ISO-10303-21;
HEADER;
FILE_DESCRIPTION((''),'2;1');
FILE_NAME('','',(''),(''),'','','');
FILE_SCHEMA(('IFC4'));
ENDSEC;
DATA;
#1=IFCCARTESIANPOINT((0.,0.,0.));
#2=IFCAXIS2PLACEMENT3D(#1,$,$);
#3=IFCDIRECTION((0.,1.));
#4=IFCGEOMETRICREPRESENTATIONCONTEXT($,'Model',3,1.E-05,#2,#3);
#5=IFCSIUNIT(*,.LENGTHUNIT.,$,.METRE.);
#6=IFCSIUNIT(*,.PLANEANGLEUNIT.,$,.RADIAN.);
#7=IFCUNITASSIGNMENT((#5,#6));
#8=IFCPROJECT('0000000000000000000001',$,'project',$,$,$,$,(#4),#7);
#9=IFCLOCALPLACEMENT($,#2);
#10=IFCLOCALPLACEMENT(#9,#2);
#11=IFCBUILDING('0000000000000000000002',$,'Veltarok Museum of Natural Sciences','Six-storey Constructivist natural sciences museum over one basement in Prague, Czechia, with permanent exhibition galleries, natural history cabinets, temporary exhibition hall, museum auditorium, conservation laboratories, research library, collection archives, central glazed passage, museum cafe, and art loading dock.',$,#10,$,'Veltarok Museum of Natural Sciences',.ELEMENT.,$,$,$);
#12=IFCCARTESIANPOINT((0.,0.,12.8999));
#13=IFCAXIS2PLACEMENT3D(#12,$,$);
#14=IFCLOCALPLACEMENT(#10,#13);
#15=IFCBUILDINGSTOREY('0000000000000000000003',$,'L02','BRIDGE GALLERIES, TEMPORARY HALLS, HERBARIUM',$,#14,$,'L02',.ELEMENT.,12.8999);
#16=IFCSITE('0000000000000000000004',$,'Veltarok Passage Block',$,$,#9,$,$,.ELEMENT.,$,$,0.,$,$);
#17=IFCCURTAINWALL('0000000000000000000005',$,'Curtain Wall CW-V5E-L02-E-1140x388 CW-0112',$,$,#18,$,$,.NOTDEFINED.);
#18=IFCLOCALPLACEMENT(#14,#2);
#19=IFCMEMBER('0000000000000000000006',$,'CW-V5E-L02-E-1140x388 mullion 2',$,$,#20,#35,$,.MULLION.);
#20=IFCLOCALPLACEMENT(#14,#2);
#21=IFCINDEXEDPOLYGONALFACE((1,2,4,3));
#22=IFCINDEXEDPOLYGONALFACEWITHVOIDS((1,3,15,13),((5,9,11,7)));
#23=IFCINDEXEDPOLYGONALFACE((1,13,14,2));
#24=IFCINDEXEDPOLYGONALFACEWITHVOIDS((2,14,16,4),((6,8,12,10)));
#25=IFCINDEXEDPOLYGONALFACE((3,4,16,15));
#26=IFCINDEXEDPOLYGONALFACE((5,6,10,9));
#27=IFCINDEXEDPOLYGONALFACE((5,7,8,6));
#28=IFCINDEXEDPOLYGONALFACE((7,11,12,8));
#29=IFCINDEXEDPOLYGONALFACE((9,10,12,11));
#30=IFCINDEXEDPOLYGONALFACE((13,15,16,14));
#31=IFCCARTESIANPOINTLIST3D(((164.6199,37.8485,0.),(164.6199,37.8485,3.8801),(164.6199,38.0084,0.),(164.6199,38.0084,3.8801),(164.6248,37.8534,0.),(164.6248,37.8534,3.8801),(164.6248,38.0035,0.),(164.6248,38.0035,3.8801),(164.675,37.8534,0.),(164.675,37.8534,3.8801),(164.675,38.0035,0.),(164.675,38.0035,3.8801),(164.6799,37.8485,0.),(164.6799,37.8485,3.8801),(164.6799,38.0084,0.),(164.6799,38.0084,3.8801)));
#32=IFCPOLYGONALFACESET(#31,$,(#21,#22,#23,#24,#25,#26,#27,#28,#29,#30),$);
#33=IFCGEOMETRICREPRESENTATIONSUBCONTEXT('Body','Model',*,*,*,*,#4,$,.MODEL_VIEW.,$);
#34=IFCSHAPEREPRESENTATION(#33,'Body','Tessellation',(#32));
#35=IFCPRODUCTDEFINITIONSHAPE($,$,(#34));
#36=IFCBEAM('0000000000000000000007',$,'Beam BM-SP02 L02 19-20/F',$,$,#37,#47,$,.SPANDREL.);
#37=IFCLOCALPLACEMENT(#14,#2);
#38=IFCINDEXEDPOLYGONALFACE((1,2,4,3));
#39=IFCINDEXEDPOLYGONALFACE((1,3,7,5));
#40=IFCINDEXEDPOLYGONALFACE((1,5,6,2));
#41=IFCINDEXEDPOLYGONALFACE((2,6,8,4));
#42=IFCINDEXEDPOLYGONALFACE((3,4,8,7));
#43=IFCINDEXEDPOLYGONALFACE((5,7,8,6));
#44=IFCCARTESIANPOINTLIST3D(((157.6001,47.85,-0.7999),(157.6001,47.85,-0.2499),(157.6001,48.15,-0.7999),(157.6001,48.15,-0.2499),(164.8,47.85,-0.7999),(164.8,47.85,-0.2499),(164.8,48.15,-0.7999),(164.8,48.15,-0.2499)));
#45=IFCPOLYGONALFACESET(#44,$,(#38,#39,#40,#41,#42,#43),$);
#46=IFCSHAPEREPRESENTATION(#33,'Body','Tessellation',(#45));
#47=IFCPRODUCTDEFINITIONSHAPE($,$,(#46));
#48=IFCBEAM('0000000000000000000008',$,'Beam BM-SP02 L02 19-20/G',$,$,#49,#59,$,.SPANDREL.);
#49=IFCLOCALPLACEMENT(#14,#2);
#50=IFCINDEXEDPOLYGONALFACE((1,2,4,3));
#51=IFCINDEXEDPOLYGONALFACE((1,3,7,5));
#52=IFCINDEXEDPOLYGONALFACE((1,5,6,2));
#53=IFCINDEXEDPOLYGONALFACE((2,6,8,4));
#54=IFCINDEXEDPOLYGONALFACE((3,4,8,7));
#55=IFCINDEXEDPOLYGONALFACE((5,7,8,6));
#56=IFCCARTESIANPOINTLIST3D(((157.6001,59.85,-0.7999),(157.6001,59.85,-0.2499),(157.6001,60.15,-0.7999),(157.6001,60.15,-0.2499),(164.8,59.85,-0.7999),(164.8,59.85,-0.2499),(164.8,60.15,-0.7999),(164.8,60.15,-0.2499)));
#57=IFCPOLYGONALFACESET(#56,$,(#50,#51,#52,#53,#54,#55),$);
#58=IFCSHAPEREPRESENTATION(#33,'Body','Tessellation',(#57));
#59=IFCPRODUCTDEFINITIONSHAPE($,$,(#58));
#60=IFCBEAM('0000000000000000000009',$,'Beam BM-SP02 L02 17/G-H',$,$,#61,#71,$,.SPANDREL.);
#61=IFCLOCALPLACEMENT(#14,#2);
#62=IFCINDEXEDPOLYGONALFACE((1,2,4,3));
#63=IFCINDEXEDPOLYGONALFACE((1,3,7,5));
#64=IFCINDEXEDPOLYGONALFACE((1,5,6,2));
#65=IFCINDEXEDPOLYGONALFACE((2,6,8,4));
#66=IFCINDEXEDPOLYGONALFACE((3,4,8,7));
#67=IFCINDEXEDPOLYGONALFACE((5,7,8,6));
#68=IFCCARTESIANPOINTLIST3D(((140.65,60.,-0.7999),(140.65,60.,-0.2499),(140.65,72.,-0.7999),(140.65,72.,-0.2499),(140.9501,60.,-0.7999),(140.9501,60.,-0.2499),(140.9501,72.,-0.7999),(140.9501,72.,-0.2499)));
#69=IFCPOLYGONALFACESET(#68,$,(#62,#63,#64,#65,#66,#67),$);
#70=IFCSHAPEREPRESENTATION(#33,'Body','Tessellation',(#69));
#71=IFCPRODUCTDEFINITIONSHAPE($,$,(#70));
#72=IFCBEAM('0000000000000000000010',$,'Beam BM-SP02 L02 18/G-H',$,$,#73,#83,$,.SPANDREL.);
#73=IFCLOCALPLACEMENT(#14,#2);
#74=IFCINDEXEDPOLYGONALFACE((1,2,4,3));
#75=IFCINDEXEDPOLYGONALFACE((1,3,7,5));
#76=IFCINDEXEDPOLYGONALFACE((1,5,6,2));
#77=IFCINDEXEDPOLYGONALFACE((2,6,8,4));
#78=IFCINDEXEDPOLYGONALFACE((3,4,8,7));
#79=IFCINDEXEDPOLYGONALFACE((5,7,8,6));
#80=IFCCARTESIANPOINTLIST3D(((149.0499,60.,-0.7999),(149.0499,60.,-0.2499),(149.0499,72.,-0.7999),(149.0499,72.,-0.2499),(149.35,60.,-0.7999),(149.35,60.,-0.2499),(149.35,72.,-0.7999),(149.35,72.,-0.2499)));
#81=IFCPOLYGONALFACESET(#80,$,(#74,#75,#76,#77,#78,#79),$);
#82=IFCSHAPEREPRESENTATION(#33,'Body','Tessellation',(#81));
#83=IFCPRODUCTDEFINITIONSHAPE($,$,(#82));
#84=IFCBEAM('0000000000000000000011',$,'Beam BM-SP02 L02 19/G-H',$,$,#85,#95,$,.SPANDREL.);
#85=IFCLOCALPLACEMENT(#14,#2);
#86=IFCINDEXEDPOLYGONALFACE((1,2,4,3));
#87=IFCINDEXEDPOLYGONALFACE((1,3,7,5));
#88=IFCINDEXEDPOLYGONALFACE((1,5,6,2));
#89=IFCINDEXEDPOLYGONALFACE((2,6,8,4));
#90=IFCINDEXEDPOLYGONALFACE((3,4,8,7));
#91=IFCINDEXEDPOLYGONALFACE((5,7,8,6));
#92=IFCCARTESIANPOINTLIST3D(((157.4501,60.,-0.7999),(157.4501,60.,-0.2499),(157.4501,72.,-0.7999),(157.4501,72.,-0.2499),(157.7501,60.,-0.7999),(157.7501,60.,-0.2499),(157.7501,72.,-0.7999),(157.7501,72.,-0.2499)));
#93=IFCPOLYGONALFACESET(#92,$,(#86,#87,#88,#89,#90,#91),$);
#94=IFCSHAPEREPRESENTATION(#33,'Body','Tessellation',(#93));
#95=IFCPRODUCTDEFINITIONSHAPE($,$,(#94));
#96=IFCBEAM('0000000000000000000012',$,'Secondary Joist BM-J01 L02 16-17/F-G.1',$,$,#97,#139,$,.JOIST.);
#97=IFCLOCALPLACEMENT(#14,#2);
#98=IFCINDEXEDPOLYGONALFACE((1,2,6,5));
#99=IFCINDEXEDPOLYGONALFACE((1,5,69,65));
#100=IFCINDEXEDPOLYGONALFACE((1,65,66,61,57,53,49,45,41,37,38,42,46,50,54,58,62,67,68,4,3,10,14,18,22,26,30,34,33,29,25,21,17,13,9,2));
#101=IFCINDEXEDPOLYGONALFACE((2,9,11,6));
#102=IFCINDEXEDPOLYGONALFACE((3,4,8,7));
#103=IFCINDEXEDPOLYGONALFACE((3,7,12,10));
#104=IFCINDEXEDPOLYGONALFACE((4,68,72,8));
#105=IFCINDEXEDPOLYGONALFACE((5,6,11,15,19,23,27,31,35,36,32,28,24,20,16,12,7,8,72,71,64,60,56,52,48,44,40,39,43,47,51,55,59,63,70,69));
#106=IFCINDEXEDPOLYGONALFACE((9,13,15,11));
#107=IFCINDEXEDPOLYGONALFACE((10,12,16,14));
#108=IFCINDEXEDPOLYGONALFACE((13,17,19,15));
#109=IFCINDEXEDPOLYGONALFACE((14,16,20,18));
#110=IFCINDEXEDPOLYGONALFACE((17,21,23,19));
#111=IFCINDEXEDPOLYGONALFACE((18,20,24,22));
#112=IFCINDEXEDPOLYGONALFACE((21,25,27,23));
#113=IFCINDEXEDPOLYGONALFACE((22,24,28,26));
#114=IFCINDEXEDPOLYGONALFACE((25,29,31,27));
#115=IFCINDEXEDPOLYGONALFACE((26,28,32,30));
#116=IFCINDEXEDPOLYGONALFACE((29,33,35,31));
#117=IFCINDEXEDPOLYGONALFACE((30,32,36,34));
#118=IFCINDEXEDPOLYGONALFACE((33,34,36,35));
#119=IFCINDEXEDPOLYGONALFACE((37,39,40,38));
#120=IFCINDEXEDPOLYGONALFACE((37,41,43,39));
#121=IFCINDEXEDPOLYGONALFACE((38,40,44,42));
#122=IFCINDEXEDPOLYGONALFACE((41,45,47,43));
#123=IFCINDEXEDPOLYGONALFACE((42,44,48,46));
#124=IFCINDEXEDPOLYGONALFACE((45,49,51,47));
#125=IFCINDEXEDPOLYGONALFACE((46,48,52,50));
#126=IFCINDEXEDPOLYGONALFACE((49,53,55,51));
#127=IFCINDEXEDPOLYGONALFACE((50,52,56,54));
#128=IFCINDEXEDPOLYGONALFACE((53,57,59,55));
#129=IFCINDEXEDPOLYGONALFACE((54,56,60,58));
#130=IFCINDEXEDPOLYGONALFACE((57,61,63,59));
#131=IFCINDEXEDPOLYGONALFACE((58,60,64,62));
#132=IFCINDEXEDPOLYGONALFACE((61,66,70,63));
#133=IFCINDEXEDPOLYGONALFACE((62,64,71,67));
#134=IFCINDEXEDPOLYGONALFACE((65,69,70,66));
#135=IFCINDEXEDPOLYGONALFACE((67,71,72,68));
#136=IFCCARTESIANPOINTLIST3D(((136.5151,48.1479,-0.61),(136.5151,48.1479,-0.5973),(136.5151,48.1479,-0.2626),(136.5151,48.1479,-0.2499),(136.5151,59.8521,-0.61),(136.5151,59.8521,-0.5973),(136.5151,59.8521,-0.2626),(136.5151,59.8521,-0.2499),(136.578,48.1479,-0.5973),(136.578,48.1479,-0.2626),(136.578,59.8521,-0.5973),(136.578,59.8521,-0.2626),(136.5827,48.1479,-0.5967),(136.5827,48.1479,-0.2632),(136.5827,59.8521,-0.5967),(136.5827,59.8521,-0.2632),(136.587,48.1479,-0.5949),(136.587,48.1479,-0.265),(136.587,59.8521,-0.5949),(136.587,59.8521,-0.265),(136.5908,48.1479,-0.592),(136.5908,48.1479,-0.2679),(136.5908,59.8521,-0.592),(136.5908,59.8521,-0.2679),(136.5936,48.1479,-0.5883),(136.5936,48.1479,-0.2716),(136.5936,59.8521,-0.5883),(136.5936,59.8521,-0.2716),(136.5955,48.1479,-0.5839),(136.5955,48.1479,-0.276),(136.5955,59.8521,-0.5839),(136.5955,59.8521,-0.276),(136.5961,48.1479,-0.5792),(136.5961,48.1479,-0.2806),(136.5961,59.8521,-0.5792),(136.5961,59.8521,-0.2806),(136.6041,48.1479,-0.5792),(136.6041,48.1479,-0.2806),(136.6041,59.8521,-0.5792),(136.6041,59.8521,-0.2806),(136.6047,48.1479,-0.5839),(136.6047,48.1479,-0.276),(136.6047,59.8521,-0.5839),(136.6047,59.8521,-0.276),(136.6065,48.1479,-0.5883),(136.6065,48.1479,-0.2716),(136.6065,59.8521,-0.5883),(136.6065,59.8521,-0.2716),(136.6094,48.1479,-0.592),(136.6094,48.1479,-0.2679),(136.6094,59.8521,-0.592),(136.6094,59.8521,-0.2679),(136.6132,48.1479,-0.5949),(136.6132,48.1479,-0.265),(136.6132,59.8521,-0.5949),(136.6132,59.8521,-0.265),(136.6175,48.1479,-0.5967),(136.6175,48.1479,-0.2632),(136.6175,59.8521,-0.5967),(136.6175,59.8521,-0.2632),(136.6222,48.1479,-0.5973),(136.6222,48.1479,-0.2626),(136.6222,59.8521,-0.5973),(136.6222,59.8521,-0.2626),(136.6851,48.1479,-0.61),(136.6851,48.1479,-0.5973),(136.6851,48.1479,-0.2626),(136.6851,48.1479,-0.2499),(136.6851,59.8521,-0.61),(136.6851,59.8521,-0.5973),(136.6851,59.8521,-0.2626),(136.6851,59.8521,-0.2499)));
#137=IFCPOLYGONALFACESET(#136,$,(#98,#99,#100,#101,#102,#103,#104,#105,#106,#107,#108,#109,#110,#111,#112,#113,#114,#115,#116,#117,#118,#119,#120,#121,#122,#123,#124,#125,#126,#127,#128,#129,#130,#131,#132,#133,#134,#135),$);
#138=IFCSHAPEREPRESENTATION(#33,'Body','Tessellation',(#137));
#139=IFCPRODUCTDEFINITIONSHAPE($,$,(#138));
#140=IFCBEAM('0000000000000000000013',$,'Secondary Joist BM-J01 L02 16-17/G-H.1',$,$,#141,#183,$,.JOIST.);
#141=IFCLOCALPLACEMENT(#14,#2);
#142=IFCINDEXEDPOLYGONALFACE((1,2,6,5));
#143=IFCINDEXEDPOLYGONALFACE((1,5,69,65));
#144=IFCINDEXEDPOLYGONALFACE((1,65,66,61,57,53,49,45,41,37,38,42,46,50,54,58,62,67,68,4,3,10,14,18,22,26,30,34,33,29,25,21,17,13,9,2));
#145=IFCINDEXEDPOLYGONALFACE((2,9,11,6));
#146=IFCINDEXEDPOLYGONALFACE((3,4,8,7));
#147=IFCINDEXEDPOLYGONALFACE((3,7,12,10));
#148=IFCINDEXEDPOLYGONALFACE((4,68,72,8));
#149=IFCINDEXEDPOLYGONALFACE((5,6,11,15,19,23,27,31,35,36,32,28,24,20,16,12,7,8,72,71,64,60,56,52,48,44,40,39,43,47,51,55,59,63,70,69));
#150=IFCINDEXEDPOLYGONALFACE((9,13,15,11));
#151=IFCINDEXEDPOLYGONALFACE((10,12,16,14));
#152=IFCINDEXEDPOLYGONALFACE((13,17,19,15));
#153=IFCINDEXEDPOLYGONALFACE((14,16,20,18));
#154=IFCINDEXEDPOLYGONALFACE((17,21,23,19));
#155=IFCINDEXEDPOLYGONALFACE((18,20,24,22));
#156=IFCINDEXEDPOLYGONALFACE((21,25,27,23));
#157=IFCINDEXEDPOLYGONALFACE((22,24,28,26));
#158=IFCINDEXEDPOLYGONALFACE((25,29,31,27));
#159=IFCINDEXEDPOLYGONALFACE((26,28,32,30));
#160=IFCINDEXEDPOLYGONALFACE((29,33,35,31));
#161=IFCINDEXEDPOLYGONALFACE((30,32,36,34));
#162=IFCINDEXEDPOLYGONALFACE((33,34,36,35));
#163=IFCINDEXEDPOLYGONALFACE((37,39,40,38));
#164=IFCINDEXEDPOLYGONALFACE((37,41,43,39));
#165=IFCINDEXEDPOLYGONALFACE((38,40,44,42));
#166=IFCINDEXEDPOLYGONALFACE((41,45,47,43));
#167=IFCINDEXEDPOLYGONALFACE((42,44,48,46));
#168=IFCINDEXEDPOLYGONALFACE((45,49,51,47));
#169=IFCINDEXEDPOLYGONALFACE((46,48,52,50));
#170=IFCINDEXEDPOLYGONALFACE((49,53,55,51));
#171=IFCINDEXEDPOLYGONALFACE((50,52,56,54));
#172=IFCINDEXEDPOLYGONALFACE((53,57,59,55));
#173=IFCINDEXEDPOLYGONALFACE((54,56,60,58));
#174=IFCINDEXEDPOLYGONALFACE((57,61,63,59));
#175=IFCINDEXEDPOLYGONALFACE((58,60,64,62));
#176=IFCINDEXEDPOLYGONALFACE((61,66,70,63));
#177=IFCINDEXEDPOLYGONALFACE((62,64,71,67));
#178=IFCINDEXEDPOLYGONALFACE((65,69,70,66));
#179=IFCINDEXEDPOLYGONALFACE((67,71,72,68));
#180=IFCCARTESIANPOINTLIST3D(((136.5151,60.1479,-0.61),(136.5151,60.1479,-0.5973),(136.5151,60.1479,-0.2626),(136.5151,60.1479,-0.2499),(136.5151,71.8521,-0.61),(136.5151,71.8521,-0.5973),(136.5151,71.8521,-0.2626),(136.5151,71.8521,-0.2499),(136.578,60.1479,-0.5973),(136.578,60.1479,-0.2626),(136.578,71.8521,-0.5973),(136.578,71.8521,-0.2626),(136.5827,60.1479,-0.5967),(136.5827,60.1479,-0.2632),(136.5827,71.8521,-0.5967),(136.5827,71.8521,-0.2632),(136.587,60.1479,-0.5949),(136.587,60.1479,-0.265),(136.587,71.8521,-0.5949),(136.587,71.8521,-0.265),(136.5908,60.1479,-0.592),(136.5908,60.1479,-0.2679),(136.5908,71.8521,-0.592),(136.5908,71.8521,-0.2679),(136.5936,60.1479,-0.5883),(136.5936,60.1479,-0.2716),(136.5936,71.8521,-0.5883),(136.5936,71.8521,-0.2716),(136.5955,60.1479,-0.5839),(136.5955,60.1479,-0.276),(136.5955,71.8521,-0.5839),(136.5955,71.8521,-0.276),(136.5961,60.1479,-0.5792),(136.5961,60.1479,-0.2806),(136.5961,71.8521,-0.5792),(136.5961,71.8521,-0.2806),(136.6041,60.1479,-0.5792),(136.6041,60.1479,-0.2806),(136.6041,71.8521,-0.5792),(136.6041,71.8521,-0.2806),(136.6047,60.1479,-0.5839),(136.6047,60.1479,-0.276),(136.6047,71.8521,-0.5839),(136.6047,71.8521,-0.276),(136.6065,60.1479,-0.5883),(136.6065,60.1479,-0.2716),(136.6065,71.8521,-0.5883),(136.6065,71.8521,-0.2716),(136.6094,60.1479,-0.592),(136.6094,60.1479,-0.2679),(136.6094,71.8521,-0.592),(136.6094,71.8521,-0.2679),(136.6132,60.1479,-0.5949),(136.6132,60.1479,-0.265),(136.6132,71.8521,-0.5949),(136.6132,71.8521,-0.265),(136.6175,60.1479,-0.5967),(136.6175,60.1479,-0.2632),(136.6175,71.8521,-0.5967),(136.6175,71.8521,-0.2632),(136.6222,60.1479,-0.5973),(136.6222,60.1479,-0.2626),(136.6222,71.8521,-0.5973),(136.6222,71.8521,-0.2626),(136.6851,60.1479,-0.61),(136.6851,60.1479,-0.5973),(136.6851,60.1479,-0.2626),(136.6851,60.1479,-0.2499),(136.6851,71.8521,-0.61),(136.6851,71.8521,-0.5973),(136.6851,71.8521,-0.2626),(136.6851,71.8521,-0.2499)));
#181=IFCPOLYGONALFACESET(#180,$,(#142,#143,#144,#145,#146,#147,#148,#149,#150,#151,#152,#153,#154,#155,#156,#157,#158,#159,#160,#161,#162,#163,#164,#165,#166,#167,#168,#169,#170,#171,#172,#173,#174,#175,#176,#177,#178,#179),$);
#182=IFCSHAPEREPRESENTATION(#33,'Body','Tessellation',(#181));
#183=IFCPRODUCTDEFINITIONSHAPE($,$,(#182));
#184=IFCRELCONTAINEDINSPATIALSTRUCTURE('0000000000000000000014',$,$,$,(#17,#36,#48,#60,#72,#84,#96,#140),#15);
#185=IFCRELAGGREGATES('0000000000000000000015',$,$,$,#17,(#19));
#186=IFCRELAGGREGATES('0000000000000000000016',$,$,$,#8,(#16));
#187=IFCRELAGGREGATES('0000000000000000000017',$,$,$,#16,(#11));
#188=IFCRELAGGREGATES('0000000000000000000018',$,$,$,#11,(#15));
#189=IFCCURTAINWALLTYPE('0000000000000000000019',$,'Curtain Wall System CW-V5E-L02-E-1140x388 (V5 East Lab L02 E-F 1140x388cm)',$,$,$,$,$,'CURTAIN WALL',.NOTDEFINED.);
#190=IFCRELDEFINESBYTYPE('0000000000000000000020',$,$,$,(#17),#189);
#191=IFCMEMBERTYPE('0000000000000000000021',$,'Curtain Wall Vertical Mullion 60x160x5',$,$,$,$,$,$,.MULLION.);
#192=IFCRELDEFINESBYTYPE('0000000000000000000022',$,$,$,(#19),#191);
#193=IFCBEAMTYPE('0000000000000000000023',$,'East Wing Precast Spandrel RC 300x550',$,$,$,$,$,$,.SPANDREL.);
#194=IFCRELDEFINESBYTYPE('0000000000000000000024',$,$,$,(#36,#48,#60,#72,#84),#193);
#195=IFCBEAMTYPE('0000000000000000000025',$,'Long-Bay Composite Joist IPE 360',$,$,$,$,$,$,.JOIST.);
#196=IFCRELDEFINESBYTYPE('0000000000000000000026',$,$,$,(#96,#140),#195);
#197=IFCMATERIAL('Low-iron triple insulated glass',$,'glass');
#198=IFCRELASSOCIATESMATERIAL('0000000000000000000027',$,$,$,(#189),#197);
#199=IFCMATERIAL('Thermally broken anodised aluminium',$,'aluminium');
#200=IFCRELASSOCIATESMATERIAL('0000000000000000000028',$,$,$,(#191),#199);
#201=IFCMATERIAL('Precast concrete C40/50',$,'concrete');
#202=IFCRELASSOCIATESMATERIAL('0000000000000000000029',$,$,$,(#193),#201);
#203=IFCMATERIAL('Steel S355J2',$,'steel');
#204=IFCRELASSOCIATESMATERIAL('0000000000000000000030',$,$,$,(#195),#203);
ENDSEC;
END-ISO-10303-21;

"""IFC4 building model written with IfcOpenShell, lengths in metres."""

from ifc_helpers import new_model, si_unit, direction, frame, origin, origin_2d, place, context, subcontext, project, spatial, rectangle, hollow_rectangle, i_section, extrude, material, material_profile, profile_set, type_object, element, aggregate, save


model = new_model("IFC4")

# Units and contexts
model_context = context("Model", 3, precision=1e-05, world=origin(), true_north=direction((0.0, 1.0)))
body_context = subcontext(model_context, "Body", "Model", "MODEL_VIEW")
ifc_project = project(units=[si_unit("LENGTHUNIT", "METRE"), si_unit("PLANEANGLEUNIT", "RADIAN")], contexts=[model_context])

# Site, building, storey
site_placement = place(None, origin())
site = spatial("IfcSite", under=ifc_project, at=site_placement, Name="Veltarok Passage Block", CompositionType="ELEMENT", RefElevation=0.0)
building_placement = place(site_placement, origin())
building = spatial("IfcBuilding", under=site, at=building_placement, Name="Veltarok Museum of Natural Sciences", Description="Six-storey Constructivist natural sciences museum over one basement in Prague, Czechia, with permanent exhibition galleries, natural history cabinets, temporary exhibition hall, museum auditorium, conservation laboratories, research library, collection archives, central glazed passage, museum cafe, and art loading dock.", LongName="Veltarok Museum of Natural Sciences", CompositionType="ELEMENT")
storey_placement = place(building_placement, frame((0.0, 0.0, 12.8999)))
storey = spatial("IfcBuildingStorey", under=building, at=storey_placement, Name="L02", Description="BRIDGE GALLERIES, TEMPORARY HALLS, HERBARIUM", LongName="L02", CompositionType="ELEMENT", Elevation=12.8999)

# Shared definitions
ifc_material_1 = material(Name="Steel S355J2", Category="steel")

# Curtain wall, member
ifc_material_2 = material(Name="Low-iron triple insulated glass", Category="glass")
curtain_wall_type = type_object("IfcCurtainWallType", Name="Curtain Wall System CW-V5E-L02-E-1140x388 (V5 East Lab L02 E-F 1140x388cm)", ElementType="CURTAIN WALL", PredefinedType="NOTDEFINED", material=ifc_material_2)
curtain_wall_placement = place(storey_placement, origin())
curtain_wall = element("IfcCurtainWall", 1, at=curtain_wall_placement, inside=storey, type_object=curtain_wall_type, Name="Curtain Wall CW-V5E-L02-E-1140x388 CW-0112", PredefinedType="NOTDEFINED")
ifc_material_3 = material(Name="Thermally broken anodised aluminium", Category="aluminium")
ifc_material_profile_1 = material_profile(ifc_material_3, hollow_rectangle(XDim=0.0601, YDim=0.1599, WallThickness=0.0049, at=origin_2d()), Name="CW MULLION 60x160x5")
ifc_profile_set_1 = profile_set([ifc_material_profile_1], Name="Thermally broken anodised aluminium")
member_type_1 = type_object("IfcMemberType", Name="Curtain Wall Vertical Mullion 60x160x5", PredefinedType="MULLION", material=ifc_profile_set_1)
member_1_placement = place(storey_placement, frame((164.6499, 37.9285, 0.0), z_axis=(0.0, 0.0, 1.0), x_axis=(-1.0, 0.0, 0.0)))
member_1 = element("IfcMember", 2, at=member_1_placement, type_object=member_type_1, Name="CW-V5E-L02-E-1140x388 mullion 2", PredefinedType="MULLION", context=body_context, shape_type="SweptSolid", body=[
    extrude(hollow_rectangle(XDim=0.0601, YDim=0.1599, WallThickness=0.0049, at=origin_2d()), origin(), (0.0, 0.0, 1.0), 3.8801),
])

# Beams
ifc_material_4 = material(Name="Precast concrete C40/50", Category="concrete")
ifc_material_profile_2 = material_profile(ifc_material_4, rectangle(XDim=0.3, YDim=0.55, at=origin_2d()), Name="RC 300x550")
ifc_profile_set_2 = profile_set([ifc_material_profile_2], Name="Precast concrete C40/50")
beam_type_1 = type_object("IfcBeamType", Name="East Wing Precast Spandrel RC 300x550", PredefinedType="SPANDREL", material=ifc_profile_set_2)
for number, where, z_axis, x_axis, name in (
    (3, (157.6001, 48.0, -0.5249), (1.0, 0.0, 0.0), (0.0, 1.0, 0.0), "Beam BM-SP02 L02 19-20/F"),
    (4, (157.6001, 60.0, -0.5249), (1.0, 0.0, 0.0), (0.0, 1.0, 0.0), "Beam BM-SP02 L02 19-20/G"),
):
    element("IfcBeam", number, at=place(storey_placement, frame(where, z_axis=z_axis, x_axis=x_axis)), inside=storey, type_object=beam_type_1, Name=name, PredefinedType="SPANDREL", context=body_context, shape_type="SweptSolid", body=[
        extrude(rectangle(XDim=0.3, YDim=0.55, at=origin_2d()), origin(), (0.0, 0.0, 1.0), 7.2),
    ])
for number, where, z_axis, x_axis, name in (
    (5, (140.8, 60.0, -0.5249), (0.0, 1.0, 0.0), (-1.0, 0.0, 0.0), "Beam BM-SP02 L02 17/G-H"),
    (6, (149.2, 60.0, -0.5249), (0.0, 1.0, 0.0), (-1.0, 0.0, 0.0), "Beam BM-SP02 L02 18/G-H"),
    (7, (157.6001, 60.0, -0.5249), (0.0, 1.0, 0.0), (-1.0, 0.0, 0.0), "Beam BM-SP02 L02 19/G-H"),
):
    element("IfcBeam", number, at=place(storey_placement, frame(where, z_axis=z_axis, x_axis=x_axis)), inside=storey, type_object=beam_type_1, Name=name, PredefinedType="SPANDREL", context=body_context, shape_type="SweptSolid", body=[
        extrude(rectangle(XDim=0.3, YDim=0.55, at=origin_2d()), origin(), (0.0, 0.0, 1.0), 12.0),
    ])
ifc_material_profile_3 = material_profile(ifc_material_1, i_section(OverallWidth=0.1699, OverallDepth=0.3601, WebThickness=0.0081, FlangeThickness=0.0127, FilletRadius=0.0181, at=origin_2d()), Name="IPE 360")
ifc_profile_set_3 = profile_set([ifc_material_profile_3], Name="Steel S355J2")
beam_type_2 = type_object("IfcBeamType", Name="Long-Bay Composite Joist IPE 360", PredefinedType="JOIST", material=ifc_profile_set_3)
for number, where, z_axis, x_axis, name in (
    (8, (136.6001, 48.1479, -0.4299), (0.0, 1.0, 0.0), (-1.0, 0.0, 0.0), "Secondary Joist BM-J01 L02 16-17/F-G.1"),
    (9, (136.6001, 60.1479, -0.4299), (0.0, 1.0, 0.0), (-1.0, 0.0, 0.0), "Secondary Joist BM-J01 L02 16-17/G-H.1"),
):
    element("IfcBeam", number, at=place(storey_placement, frame(where, z_axis=z_axis, x_axis=x_axis)), inside=storey, type_object=beam_type_2, Name=name, PredefinedType="JOIST", context=body_context, shape_type="SweptSolid", body=[
        extrude(i_section(OverallWidth=0.1699, OverallDepth=0.3601, WebThickness=0.0081, FlangeThickness=0.0127, FilletRadius=0.0181, at=origin_2d()), origin(), (0.0, 0.0, 1.0), 11.7041),
    ])

aggregate(curtain_wall, [member_1])

save(model, "model.ifc")
